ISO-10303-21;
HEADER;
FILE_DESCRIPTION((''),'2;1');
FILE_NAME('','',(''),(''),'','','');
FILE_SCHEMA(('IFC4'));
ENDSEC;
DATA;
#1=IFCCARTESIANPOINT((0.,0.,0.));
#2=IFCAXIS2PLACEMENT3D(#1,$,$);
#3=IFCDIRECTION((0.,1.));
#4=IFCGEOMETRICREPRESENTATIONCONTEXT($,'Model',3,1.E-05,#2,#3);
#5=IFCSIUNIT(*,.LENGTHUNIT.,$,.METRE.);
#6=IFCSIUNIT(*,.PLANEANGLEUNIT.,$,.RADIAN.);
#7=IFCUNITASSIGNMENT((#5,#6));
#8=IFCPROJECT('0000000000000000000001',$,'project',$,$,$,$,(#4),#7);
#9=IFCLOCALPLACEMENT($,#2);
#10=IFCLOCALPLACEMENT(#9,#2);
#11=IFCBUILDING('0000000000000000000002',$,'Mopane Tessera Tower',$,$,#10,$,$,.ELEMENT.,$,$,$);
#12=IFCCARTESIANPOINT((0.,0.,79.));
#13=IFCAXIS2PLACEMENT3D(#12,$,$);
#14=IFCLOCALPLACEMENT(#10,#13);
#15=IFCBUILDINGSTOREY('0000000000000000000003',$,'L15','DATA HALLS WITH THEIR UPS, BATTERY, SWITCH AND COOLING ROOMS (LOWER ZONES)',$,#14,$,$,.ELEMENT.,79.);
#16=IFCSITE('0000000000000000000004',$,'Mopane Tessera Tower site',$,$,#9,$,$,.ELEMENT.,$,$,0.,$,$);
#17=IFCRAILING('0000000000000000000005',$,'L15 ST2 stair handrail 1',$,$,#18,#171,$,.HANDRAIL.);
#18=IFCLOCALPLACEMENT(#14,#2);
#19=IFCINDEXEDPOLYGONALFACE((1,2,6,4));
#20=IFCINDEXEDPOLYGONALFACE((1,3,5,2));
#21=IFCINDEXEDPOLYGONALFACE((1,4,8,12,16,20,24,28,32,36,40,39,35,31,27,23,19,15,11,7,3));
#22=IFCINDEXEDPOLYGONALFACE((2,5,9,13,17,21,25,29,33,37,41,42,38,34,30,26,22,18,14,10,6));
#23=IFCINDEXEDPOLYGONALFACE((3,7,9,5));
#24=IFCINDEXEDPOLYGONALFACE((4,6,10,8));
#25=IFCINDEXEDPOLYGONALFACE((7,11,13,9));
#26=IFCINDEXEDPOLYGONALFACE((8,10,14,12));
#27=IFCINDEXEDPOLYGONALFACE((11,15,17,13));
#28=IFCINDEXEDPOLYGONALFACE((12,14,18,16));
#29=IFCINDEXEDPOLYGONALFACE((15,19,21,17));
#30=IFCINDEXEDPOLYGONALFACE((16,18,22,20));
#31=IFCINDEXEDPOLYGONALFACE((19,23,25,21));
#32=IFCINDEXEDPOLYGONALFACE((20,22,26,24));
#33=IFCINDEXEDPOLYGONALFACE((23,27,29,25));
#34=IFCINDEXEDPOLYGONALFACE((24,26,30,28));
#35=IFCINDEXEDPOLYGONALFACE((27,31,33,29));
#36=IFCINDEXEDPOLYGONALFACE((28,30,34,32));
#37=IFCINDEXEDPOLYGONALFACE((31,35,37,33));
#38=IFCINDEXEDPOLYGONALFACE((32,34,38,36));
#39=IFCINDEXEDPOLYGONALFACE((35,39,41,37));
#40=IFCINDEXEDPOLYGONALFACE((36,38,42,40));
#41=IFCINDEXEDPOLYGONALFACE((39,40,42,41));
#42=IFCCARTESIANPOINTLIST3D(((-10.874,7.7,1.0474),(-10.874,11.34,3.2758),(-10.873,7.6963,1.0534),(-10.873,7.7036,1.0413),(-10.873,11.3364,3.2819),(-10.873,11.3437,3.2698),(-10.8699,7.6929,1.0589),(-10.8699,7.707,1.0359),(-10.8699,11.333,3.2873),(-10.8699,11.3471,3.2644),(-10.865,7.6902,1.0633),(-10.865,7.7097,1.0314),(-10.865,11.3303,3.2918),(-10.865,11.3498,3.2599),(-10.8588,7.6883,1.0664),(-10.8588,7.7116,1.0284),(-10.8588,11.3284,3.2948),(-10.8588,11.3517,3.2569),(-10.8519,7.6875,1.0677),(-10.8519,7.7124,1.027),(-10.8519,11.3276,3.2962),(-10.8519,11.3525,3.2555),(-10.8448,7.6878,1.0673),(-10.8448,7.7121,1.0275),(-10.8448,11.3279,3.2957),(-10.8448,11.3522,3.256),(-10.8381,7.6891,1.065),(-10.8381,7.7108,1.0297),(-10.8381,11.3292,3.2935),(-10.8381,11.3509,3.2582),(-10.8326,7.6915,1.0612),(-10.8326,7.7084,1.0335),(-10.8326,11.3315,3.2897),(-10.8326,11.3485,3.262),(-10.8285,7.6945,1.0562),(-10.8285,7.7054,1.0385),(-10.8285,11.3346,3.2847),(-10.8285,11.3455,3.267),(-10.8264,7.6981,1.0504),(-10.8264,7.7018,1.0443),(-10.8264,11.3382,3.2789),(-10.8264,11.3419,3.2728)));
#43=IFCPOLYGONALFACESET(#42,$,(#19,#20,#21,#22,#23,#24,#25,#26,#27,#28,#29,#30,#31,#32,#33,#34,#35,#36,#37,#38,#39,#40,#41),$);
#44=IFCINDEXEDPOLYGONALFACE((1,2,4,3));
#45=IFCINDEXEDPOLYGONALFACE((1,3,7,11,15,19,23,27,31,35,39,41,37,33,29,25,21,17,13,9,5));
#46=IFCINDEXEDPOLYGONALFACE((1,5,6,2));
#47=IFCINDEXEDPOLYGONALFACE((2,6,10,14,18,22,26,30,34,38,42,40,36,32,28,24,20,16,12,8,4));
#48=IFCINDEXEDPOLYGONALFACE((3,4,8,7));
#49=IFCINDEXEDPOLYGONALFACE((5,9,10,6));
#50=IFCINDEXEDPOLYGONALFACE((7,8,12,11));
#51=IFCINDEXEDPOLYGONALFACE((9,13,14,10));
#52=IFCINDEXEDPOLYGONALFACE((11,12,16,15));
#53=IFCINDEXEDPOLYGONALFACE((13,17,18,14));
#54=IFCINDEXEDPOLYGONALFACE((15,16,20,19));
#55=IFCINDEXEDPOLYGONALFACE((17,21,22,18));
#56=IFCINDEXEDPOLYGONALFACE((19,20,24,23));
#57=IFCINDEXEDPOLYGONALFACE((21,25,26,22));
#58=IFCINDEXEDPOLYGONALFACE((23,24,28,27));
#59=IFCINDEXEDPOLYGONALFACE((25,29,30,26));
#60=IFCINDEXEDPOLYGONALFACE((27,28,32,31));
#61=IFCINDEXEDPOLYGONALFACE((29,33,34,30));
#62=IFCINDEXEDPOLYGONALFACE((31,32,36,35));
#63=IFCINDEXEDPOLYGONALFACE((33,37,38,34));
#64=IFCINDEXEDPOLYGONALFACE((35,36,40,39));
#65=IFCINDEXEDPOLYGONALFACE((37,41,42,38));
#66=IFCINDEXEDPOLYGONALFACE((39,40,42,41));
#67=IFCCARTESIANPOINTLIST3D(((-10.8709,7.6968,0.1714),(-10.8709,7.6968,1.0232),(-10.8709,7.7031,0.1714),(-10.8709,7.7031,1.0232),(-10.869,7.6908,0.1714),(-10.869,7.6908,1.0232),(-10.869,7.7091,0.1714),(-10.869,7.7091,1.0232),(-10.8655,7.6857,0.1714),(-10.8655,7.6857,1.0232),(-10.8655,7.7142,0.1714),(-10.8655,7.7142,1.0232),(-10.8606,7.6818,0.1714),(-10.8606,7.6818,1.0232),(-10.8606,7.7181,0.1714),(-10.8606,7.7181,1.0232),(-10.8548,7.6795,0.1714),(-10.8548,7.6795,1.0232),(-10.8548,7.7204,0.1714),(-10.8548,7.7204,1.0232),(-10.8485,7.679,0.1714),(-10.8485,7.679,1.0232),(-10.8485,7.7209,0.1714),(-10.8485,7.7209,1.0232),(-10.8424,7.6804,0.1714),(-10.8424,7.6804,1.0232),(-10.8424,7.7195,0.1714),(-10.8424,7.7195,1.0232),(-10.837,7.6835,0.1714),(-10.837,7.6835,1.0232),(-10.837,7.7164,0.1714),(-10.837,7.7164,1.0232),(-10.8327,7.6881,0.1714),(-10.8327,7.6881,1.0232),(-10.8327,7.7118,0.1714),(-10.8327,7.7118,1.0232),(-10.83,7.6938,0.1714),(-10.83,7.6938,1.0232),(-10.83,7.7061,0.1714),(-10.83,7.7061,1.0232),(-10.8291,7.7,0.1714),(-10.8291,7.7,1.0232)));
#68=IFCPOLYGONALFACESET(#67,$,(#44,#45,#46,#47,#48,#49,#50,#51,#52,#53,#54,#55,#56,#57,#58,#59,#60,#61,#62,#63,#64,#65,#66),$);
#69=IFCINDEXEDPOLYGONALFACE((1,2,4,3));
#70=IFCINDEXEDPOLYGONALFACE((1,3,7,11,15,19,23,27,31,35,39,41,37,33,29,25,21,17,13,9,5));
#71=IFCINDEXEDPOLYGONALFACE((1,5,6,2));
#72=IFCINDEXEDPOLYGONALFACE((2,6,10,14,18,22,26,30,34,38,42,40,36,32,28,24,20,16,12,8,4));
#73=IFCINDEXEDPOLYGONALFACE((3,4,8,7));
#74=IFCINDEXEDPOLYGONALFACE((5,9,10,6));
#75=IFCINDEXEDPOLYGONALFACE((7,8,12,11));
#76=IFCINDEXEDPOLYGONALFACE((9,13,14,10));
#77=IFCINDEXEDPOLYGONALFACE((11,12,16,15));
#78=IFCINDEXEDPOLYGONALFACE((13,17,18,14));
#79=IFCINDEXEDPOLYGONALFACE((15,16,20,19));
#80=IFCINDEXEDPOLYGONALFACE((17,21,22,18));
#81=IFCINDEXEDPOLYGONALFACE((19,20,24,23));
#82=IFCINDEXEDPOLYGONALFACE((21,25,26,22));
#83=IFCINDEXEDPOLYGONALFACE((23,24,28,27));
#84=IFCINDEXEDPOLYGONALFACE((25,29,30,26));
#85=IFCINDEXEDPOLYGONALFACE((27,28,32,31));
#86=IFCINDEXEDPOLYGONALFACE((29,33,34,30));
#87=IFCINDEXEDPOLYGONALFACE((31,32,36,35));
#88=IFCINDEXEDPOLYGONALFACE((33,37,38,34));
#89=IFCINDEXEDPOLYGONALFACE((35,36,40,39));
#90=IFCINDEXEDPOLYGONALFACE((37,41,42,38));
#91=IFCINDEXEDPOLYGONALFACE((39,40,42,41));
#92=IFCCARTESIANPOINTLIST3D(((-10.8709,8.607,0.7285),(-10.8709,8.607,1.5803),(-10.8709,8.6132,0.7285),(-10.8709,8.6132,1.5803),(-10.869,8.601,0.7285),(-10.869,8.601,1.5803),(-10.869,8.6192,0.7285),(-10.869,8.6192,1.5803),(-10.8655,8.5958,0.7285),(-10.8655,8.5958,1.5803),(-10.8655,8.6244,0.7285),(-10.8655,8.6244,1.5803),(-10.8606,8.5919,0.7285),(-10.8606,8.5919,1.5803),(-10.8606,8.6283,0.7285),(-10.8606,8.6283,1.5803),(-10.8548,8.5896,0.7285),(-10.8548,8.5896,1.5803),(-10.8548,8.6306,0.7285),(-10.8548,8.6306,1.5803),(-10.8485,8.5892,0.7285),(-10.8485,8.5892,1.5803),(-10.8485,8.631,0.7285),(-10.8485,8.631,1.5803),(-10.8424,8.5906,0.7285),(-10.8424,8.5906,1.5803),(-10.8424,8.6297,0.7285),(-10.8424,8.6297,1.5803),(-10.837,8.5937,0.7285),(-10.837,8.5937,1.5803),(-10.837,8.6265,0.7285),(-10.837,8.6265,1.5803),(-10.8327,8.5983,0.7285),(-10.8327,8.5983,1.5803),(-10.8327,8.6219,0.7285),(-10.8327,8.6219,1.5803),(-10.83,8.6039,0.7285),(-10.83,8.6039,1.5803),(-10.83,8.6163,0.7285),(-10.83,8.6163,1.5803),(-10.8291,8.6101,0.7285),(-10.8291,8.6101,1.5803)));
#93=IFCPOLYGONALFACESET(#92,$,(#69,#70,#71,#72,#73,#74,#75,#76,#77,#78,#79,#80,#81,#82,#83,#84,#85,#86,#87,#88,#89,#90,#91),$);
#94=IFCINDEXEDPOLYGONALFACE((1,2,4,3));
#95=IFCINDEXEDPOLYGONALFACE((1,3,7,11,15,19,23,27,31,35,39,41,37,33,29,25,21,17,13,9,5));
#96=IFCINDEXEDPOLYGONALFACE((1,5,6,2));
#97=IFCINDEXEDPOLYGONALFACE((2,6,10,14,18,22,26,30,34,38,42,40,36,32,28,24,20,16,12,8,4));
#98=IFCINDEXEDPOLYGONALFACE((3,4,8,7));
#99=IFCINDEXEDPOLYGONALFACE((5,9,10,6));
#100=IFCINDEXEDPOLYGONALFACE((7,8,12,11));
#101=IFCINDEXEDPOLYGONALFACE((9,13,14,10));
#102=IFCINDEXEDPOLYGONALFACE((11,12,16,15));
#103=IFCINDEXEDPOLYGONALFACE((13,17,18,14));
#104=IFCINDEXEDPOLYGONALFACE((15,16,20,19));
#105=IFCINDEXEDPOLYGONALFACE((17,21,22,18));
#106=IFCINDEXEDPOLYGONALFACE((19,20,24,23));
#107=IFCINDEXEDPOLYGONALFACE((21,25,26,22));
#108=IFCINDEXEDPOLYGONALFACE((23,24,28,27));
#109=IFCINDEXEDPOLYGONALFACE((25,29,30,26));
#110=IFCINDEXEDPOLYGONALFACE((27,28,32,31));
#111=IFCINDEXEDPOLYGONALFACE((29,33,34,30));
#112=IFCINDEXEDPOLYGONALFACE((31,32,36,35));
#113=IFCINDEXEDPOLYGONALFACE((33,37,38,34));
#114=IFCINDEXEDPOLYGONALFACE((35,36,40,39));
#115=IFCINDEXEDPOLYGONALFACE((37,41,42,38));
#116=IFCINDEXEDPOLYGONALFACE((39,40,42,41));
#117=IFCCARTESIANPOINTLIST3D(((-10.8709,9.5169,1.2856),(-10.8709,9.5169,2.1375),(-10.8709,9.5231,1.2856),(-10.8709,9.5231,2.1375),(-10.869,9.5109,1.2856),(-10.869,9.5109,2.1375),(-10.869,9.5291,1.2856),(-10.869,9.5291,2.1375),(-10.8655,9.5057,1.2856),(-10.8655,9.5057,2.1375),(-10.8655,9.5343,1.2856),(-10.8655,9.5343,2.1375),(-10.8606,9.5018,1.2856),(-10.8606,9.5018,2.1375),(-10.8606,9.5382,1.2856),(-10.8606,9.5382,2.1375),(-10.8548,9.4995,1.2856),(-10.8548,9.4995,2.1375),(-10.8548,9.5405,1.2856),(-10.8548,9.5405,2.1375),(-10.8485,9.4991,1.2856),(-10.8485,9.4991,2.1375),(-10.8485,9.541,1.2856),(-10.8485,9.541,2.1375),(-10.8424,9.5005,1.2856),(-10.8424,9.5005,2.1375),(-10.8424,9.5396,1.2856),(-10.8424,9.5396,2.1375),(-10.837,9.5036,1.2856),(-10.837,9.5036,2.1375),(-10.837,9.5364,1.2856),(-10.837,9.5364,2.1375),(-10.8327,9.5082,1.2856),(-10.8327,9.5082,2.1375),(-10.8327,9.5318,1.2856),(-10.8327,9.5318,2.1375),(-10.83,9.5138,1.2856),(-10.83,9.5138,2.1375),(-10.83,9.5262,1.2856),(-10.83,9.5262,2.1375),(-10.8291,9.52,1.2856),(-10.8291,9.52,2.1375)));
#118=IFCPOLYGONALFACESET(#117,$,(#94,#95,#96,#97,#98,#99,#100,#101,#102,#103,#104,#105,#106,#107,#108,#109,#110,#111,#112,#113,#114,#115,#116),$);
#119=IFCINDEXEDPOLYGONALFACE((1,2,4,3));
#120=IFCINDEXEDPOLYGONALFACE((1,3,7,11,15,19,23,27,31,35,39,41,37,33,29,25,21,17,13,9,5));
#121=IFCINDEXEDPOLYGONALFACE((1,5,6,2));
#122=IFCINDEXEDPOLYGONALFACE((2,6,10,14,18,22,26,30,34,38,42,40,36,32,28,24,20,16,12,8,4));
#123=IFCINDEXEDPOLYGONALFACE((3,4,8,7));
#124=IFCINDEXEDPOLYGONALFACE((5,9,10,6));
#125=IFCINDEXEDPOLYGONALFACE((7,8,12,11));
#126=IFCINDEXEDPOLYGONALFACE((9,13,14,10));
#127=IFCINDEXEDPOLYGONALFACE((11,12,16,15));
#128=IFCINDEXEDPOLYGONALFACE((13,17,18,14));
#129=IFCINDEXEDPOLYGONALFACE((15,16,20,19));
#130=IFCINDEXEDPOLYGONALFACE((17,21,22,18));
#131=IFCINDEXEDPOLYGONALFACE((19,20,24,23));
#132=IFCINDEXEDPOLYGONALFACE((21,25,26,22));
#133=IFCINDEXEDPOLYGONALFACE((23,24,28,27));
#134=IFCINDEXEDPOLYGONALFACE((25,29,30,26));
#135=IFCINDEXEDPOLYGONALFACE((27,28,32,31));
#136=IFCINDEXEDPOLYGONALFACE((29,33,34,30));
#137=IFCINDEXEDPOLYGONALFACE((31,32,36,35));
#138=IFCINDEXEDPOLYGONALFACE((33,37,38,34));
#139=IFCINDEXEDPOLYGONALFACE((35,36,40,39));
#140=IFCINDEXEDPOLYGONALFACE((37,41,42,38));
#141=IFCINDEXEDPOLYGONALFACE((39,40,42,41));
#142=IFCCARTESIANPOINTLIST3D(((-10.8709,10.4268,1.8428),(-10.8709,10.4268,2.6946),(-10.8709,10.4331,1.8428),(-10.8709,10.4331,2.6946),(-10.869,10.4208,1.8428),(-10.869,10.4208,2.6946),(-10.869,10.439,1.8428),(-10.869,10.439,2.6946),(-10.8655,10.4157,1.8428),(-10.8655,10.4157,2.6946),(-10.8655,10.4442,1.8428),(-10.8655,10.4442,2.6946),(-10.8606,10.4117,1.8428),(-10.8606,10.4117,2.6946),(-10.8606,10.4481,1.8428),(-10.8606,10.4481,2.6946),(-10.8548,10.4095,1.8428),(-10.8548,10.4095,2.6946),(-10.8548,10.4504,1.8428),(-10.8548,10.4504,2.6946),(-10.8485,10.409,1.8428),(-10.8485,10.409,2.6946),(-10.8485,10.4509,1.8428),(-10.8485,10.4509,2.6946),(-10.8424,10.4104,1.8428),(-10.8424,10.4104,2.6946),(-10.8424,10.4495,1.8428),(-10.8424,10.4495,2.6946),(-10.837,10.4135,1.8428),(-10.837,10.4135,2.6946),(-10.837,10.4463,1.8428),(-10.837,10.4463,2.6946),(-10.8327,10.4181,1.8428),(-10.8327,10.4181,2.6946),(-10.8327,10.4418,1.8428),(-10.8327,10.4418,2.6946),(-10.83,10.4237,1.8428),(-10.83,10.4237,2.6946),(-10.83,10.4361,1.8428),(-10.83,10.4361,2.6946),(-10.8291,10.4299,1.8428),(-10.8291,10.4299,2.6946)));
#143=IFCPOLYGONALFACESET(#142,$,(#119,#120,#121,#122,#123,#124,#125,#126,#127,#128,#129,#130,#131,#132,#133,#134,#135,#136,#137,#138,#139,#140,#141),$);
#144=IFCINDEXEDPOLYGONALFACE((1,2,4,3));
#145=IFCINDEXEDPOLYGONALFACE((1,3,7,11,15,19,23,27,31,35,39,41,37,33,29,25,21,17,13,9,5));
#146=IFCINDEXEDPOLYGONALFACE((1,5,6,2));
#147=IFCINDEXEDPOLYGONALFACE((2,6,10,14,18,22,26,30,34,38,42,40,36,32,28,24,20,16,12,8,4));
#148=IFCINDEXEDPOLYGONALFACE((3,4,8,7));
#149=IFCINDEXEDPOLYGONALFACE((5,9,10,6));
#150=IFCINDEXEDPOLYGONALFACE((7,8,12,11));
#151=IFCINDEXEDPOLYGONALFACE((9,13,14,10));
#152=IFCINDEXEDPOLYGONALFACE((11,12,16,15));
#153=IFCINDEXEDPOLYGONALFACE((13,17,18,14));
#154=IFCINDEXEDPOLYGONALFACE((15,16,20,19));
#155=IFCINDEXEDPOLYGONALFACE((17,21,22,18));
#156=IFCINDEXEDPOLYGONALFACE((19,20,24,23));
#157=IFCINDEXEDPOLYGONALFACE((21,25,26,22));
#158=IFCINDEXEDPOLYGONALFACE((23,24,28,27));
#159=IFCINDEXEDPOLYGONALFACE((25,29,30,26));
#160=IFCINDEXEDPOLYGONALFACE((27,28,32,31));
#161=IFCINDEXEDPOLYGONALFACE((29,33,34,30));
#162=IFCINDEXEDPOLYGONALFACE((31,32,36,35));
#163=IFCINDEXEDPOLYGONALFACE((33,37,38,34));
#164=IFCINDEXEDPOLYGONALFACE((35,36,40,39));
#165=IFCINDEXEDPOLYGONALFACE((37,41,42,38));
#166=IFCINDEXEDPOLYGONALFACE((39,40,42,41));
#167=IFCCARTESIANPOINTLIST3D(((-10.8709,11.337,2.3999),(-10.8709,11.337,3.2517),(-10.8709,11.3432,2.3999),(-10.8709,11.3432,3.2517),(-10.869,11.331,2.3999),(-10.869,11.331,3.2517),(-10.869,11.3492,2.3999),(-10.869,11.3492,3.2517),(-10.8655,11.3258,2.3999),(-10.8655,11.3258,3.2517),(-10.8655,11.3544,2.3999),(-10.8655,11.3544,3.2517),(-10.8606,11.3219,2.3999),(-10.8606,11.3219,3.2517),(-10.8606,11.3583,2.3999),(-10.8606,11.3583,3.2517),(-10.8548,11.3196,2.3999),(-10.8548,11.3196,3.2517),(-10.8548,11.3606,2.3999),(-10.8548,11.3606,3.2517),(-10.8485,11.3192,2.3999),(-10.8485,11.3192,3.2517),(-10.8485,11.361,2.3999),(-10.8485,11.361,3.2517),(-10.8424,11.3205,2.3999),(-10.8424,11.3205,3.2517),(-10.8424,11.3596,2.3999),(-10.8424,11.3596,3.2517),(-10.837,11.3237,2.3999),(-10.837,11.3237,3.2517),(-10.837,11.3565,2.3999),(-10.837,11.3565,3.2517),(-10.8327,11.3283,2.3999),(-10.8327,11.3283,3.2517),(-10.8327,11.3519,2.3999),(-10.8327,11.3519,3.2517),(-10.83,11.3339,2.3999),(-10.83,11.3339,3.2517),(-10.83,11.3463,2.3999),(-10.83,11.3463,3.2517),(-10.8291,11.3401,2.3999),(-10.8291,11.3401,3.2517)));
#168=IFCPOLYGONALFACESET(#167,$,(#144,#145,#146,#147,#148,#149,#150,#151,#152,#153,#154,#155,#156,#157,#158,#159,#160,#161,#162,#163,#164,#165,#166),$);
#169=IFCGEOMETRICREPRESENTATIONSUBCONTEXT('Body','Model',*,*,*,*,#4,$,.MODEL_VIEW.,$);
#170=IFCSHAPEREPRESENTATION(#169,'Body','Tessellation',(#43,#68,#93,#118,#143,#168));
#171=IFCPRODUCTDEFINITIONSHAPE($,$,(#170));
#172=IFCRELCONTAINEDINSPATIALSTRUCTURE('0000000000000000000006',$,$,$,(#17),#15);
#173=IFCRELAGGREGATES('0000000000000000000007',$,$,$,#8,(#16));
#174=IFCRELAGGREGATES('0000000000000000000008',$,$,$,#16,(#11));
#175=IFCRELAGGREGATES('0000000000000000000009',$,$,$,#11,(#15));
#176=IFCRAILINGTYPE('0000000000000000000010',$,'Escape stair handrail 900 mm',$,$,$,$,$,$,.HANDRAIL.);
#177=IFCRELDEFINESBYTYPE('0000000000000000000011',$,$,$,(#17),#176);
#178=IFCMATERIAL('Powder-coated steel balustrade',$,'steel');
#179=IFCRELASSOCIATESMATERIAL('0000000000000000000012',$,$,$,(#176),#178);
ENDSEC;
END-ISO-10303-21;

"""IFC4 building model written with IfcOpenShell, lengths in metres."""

from ifc_helpers import new_model, si_unit, direction, frame, origin, origin_2d, place, context, subcontext, project, spatial, circle, extrude, material, type_object, element, save


model = new_model("IFC4")

# Units and contexts
model_context = context("Model", 3, precision=1e-05, world=origin(), true_north=direction((0.0, 1.0)))
body_context = subcontext(model_context, "Body", "Model", "MODEL_VIEW")
ifc_project = project(units=[si_unit("LENGTHUNIT", "METRE"), si_unit("PLANEANGLEUNIT", "RADIAN")], contexts=[model_context])

# Site, building, storey
site_placement = place(None, origin())
site = spatial("IfcSite", under=ifc_project, at=site_placement, Name="Mopane Tessera Tower site", CompositionType="ELEMENT", RefElevation=0.0)
building_placement = place(site_placement, origin())
building = spatial("IfcBuilding", under=site, at=building_placement, Name="Mopane Tessera Tower", CompositionType="ELEMENT")
storey_placement = place(building_placement, frame((0.0, 0.0, 79.0)))
storey = spatial("IfcBuildingStorey", under=building, at=storey_placement, Name="L15", Description="DATA HALLS WITH THEIR UPS, BATTERY, SWITCH AND COOLING ROOMS (LOWER ZONES)", CompositionType="ELEMENT", Elevation=79.0)

# Railing
ifc_material_1 = material(Name="Powder-coated steel balustrade", Category="steel")
railing_type_1 = type_object("IfcRailingType", Name="Escape stair handrail 900 mm", PredefinedType="HANDRAIL", material=ifc_material_1)
railing_1_placement = place(storey_placement, frame((-10.8501, 7.7, 0.1714)))
element("IfcRailing", 1, at=railing_1_placement, inside=storey, type_object=railing_type_1, Name="L15 ST2 stair handrail 1", PredefinedType="HANDRAIL", context=body_context, shape_type="SweptSolid", body=[
    extrude(circle(Radius=0.0239, at=origin_2d()), frame((0.0, 0.0, 0.876), z_axis=(0.0, 0.852866, 0.52213), x_axis=(-1.0, 0.0, 0.0)), (0.0, 0.0, 1.0), 4.2681),
    extrude(circle(Radius=0.021, at=origin_2d()), origin(), (0.0, 0.0, 1.0), 0.8518),
    extrude(circle(Radius=0.021, at=origin_2d()), frame((0.0, 0.9102, 0.5571)), (0.0, 0.0, 1.0), 0.8518),
    extrude(circle(Radius=0.021, at=origin_2d()), frame((0.0, 1.8201, 1.1143)), (0.0, 0.0, 1.0), 0.8518),
    extrude(circle(Radius=0.021, at=origin_2d()), frame((0.0, 2.73, 1.6714)), (0.0, 0.0, 1.0), 0.8518),
    extrude(circle(Radius=0.021, at=origin_2d()), frame((0.0, 3.6401, 2.2285)), (0.0, 0.0, 1.0), 0.8518),
])

save(model, "model.ifc")
